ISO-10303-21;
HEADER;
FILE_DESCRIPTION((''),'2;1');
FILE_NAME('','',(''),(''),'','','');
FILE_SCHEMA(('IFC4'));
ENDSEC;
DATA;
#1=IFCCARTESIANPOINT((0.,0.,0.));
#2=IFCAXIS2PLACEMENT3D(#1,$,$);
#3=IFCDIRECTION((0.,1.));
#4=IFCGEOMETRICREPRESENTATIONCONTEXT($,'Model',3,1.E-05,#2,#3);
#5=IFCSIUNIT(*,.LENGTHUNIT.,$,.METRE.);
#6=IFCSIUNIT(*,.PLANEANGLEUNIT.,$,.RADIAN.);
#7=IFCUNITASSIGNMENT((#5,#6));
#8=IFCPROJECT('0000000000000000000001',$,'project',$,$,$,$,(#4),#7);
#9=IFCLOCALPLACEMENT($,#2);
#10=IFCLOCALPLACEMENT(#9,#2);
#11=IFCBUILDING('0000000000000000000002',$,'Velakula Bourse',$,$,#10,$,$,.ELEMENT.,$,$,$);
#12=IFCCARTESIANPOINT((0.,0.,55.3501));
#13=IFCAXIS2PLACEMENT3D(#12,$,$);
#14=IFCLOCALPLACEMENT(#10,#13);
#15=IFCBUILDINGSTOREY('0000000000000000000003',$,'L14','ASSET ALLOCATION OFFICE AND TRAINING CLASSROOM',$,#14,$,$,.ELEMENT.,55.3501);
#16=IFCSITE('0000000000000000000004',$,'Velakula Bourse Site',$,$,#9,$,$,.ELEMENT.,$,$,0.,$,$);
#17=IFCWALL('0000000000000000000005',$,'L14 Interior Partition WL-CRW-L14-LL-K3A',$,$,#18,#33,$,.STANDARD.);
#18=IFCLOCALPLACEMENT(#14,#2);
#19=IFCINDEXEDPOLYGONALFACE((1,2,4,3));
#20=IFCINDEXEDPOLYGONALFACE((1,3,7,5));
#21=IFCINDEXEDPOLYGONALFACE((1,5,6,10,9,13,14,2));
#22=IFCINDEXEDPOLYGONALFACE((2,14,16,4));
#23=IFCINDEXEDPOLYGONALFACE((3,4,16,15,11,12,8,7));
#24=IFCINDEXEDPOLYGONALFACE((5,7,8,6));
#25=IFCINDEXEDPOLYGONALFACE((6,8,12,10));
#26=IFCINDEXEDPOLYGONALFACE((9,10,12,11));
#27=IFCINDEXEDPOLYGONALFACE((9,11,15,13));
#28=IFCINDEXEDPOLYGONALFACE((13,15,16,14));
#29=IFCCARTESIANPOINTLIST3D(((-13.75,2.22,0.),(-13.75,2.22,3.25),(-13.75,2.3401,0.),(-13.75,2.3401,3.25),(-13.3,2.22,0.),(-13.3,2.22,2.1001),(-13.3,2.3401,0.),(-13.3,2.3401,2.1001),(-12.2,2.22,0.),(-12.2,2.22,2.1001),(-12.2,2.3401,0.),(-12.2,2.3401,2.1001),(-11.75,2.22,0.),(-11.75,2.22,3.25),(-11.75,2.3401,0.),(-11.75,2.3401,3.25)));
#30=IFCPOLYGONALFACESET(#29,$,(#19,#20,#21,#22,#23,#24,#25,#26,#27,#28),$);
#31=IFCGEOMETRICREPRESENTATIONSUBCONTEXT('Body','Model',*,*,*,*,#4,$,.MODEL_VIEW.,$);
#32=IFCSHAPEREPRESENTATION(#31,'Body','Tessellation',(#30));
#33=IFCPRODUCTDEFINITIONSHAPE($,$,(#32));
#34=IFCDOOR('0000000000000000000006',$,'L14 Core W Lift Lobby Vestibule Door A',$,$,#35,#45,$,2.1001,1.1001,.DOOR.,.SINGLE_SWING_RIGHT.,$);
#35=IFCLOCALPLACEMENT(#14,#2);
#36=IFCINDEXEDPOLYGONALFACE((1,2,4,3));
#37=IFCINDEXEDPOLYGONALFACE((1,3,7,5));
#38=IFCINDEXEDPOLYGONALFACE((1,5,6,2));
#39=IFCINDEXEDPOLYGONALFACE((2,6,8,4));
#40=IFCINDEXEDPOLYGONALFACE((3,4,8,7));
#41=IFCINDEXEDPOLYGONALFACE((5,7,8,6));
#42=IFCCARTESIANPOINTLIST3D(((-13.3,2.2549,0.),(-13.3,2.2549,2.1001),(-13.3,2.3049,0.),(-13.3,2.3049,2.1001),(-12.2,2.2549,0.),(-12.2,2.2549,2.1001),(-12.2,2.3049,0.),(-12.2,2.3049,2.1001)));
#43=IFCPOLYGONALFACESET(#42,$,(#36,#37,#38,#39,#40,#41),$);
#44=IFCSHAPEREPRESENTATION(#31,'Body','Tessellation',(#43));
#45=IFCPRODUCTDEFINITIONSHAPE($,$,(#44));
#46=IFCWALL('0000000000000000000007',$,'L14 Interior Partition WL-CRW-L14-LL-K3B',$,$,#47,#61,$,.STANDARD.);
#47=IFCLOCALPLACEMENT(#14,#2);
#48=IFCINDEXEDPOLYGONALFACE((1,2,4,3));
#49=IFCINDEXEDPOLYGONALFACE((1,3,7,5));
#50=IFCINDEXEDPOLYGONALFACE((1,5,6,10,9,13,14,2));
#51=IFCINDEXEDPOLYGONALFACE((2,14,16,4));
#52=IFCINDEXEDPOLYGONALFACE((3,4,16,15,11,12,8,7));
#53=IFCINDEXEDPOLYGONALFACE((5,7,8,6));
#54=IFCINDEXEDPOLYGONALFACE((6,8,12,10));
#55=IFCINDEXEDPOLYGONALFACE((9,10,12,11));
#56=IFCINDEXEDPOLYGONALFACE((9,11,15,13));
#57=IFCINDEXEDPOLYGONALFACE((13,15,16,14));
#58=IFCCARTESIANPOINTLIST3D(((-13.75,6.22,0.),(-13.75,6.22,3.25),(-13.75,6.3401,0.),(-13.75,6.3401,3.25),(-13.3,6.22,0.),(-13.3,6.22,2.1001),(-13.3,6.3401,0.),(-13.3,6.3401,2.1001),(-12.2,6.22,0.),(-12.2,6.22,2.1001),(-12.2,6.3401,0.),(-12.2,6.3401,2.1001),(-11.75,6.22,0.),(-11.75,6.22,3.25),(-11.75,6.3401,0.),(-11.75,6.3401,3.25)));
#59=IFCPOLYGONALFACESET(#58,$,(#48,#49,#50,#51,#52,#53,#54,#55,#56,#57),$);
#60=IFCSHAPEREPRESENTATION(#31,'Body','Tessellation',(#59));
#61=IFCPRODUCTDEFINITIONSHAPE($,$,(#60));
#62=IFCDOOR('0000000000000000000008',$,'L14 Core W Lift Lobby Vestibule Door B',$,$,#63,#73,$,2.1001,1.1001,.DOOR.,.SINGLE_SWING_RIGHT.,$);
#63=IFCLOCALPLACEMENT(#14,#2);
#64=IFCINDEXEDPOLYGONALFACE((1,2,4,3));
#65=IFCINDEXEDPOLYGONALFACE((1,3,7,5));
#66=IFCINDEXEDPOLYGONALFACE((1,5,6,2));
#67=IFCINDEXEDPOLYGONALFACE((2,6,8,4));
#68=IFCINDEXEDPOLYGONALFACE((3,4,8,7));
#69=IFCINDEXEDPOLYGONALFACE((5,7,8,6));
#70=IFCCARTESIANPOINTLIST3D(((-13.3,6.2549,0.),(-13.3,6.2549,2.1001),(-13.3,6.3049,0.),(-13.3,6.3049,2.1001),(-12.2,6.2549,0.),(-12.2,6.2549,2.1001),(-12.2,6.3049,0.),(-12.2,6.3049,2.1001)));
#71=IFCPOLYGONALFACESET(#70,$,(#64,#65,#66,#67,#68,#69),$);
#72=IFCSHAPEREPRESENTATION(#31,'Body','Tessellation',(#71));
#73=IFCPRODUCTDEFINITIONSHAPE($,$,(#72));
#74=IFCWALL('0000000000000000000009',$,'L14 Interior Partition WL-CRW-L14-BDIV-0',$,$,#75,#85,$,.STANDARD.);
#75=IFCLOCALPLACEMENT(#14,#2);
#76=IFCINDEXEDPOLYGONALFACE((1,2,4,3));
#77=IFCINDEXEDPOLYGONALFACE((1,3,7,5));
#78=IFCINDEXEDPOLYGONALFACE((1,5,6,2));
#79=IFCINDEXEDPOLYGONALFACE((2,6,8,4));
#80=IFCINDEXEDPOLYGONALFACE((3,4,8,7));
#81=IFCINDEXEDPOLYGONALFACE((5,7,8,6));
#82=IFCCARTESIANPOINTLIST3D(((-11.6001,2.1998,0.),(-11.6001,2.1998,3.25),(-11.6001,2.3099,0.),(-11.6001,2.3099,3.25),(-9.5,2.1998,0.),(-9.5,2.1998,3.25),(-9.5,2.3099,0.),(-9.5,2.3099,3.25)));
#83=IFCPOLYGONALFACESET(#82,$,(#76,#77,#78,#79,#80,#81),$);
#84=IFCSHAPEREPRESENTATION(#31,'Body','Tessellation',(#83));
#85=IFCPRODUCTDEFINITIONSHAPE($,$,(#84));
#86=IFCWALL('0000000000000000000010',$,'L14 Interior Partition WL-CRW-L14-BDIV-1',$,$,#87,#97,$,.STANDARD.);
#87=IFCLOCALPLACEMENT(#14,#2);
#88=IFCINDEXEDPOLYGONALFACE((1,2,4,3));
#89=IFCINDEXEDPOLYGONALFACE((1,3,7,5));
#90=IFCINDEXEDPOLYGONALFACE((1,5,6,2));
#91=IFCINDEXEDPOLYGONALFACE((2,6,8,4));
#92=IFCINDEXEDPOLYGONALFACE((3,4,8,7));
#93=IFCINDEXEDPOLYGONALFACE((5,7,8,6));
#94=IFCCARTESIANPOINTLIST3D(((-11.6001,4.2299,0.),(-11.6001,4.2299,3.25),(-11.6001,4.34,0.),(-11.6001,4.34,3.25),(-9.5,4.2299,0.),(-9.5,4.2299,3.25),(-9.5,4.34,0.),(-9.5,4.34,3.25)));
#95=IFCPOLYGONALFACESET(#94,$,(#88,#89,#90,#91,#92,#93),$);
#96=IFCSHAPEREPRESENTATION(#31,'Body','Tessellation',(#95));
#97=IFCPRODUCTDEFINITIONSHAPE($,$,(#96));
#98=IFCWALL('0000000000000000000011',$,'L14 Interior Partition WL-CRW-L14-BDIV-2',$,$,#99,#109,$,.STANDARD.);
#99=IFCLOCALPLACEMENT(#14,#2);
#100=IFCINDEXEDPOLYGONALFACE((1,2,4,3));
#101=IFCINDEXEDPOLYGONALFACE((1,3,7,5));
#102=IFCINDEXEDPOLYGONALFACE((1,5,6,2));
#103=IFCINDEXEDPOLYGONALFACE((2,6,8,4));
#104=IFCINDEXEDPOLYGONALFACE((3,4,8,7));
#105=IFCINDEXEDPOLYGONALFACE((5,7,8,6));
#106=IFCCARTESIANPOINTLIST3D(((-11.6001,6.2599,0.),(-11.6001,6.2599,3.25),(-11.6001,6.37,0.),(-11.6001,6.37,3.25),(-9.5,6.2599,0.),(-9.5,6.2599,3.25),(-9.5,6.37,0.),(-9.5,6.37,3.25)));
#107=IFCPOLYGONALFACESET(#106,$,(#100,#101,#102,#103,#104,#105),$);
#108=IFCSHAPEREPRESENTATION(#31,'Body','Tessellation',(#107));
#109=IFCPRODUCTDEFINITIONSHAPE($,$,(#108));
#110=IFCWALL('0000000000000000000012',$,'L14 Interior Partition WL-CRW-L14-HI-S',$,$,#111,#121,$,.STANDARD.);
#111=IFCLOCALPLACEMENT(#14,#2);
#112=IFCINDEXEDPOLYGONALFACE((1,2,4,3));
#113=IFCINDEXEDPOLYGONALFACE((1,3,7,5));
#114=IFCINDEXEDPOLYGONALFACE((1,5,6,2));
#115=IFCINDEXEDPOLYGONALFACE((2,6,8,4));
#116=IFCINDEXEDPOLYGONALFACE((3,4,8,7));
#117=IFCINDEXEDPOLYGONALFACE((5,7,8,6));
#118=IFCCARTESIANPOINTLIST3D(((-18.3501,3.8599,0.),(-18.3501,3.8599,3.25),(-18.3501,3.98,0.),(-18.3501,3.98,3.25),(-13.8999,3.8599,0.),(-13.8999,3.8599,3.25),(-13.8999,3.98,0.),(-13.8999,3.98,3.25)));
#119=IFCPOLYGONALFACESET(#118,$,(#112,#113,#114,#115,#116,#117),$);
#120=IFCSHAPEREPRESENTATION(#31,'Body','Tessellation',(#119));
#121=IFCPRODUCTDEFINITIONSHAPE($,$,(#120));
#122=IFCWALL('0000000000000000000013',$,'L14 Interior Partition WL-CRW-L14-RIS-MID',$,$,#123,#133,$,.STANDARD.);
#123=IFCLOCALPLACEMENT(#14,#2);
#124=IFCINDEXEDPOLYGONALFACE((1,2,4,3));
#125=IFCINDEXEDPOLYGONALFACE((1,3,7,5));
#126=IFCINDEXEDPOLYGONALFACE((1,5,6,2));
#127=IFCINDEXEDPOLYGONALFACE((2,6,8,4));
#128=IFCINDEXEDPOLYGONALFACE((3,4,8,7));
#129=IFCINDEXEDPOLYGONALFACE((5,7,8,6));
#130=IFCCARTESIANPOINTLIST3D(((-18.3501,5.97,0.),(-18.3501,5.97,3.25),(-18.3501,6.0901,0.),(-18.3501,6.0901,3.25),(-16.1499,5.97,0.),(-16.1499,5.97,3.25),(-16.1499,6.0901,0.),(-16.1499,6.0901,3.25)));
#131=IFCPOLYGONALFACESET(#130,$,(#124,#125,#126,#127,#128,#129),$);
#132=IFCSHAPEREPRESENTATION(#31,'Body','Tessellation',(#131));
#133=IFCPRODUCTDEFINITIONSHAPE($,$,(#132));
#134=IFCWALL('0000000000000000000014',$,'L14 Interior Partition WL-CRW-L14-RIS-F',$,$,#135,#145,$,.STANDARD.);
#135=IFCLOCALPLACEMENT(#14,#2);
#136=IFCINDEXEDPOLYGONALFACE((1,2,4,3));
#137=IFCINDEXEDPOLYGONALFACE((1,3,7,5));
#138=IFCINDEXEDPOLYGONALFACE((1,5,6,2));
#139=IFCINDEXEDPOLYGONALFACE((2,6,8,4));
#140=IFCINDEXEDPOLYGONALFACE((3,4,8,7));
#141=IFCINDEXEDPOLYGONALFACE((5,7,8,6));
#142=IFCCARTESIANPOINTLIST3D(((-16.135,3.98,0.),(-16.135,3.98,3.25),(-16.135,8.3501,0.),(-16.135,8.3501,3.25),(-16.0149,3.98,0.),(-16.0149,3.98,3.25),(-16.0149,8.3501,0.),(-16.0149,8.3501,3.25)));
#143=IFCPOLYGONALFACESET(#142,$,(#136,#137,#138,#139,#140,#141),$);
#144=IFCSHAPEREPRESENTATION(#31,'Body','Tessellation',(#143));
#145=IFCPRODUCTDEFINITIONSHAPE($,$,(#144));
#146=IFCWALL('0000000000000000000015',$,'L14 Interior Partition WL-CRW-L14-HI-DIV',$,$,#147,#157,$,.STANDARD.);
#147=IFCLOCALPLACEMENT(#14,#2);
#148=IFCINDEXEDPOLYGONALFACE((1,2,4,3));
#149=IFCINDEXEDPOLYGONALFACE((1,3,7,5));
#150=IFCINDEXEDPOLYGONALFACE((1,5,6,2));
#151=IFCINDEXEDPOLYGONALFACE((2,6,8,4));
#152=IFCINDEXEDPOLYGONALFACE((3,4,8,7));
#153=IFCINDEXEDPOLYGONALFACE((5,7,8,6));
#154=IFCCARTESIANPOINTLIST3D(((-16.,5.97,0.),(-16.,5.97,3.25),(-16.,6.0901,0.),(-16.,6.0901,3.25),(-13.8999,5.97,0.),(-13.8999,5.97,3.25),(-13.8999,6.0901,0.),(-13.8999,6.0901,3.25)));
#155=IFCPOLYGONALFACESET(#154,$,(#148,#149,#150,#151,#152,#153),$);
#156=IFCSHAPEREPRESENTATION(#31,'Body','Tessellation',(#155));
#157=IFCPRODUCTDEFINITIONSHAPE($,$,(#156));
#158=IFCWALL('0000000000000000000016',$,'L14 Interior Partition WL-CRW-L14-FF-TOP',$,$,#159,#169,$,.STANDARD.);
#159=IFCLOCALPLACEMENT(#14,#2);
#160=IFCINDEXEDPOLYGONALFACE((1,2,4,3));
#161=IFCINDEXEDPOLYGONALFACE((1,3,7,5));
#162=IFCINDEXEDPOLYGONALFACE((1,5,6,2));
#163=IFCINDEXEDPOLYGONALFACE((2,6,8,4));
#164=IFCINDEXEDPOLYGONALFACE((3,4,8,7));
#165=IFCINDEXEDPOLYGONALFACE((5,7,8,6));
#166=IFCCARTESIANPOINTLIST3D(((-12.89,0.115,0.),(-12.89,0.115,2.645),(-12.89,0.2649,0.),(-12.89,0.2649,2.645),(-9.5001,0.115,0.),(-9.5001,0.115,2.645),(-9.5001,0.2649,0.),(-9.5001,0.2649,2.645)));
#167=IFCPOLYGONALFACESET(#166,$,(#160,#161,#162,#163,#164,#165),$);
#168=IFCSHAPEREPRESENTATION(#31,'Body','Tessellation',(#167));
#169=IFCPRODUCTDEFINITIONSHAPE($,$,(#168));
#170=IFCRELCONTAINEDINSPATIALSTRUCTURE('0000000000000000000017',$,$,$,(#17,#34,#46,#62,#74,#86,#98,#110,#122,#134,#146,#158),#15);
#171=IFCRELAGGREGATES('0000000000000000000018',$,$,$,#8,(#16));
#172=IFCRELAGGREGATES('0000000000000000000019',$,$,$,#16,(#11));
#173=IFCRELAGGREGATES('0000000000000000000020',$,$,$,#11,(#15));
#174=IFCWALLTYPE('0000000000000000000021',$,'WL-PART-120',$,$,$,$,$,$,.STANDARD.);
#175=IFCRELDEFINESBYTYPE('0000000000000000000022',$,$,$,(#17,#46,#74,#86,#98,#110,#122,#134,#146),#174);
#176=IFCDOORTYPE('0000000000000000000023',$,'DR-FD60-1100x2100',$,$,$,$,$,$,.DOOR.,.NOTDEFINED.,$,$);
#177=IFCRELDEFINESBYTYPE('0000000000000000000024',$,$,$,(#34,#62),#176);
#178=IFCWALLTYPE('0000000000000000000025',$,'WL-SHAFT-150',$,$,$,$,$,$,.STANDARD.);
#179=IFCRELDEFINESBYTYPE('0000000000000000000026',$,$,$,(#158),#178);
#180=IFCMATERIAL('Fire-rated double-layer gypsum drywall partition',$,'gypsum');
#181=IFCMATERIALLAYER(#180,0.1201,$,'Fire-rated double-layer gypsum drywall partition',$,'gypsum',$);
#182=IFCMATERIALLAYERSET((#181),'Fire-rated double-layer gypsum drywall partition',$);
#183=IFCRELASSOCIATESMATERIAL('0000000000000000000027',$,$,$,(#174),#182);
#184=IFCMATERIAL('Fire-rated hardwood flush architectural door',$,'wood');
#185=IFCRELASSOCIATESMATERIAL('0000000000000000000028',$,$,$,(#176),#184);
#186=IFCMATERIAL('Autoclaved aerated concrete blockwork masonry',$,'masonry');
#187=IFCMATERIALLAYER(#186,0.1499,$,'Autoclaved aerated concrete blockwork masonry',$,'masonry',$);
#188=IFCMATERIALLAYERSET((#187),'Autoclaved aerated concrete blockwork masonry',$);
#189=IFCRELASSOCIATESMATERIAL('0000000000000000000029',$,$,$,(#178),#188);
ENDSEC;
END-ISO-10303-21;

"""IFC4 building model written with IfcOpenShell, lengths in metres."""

from ifc_helpers import new_model, si_unit, direction, frame, frame_2d, origin, place, context, subcontext, project, spatial, rectangle, extrude, material, layer, layer_set, type_object, element, fill, save


model = new_model("IFC4")

# Units and contexts
model_context = context("Model", 3, precision=1e-05, world=origin(), true_north=direction((0.0, 1.0)))
body_context = subcontext(model_context, "Body", "Model", "MODEL_VIEW")
ifc_project = project(units=[si_unit("LENGTHUNIT", "METRE"), si_unit("PLANEANGLEUNIT", "RADIAN")], contexts=[model_context])

# Site, building, storey
site_placement = place(None, origin())
site = spatial("IfcSite", under=ifc_project, at=site_placement, Name="Velakula Bourse Site", CompositionType="ELEMENT", RefElevation=0.0)
building_placement = place(site_placement, origin())
building = spatial("IfcBuilding", under=site, at=building_placement, Name="Velakula Bourse", CompositionType="ELEMENT")
storey_placement = place(building_placement, frame((0.0, 0.0, 55.3501)))
storey = spatial("IfcBuildingStorey", under=building, at=storey_placement, Name="L14", Description="ASSET ALLOCATION OFFICE AND TRAINING CLASSROOM", CompositionType="ELEMENT", Elevation=55.3501)

# Walls, openings, doors
ifc_material_1 = material(Name="Fire-rated double-layer gypsum drywall partition", Category="gypsum")
ifc_layer_1 = layer(ifc_material_1, 0.1201, Name="Fire-rated double-layer gypsum drywall partition", Category="gypsum")
ifc_layer_set_1 = layer_set([ifc_layer_1], Name="Fire-rated double-layer gypsum drywall partition")
wall_type_1 = type_object("IfcWallType", Name="WL-PART-120", PredefinedType="STANDARD", material=ifc_layer_set_1)
wall_1_placement = place(storey_placement, frame((-13.75, 2.28, 0.0), z_axis=(0.0, 0.0, 1.0), x_axis=(1.0, 0.0, 0.0)))
wall_1 = element("IfcWall", 1, at=wall_1_placement, inside=storey, type_object=wall_type_1, Name="L14 Interior Partition WL-CRW-L14-LL-K3A", PredefinedType="STANDARD", context=body_context, shape_type="SweptSolid", body=[
    extrude(rectangle(XDim=2.0, YDim=0.1201, at=frame_2d((1.0, 0.0))), origin(), (0.0, 0.0, 1.0), 3.25),
])
opening_1_placement = place(wall_1_placement, frame((0.45, 0.0, 0.0)))
opening_1 = element("IfcOpeningElement", 2, at=opening_1_placement, cuts=wall_1, PredefinedType="OPENING", context=body_context, shape_type="SweptSolid", body=[
    extrude(rectangle(XDim=1.1001, YDim=2.1001, at=frame_2d((0.55, 1.05))), frame((0.0, 0.0701, 0.0), z_axis=(0.0, -1.0, 0.0), x_axis=(1.0, 0.0, 0.0)), (0.0, 0.0, 1.0), 0.1401),
])
ifc_material_2 = material(Name="Fire-rated hardwood flush architectural door", Category="wood")
door_type_1 = type_object("IfcDoorType", Name="DR-FD60-1100x2100", OperationType="NOTDEFINED", PredefinedType="DOOR", material=ifc_material_2)
door_1_placement = place(opening_1_placement, origin())
door_1 = element("IfcDoor", 3, at=door_1_placement, inside=storey, type_object=door_type_1, Name="L14 Core W Lift Lobby Vestibule Door A", OperationType="SINGLE_SWING_RIGHT", OverallHeight=2.1001, OverallWidth=1.1001, PredefinedType="DOOR", context=body_context, shape_type="SweptSolid", body=[
    extrude(rectangle(XDim=1.1001, YDim=2.1001, at=frame_2d((0.55, 1.05))), frame((0.0, 0.0249, 0.0), z_axis=(0.0, -1.0, 0.0), x_axis=(1.0, 0.0, 0.0)), (0.0, 0.0, 1.0), 0.05),
])
fill(opening_1, door_1)
wall_2_placement = place(storey_placement, frame((-13.75, 6.28, 0.0), z_axis=(0.0, 0.0, 1.0), x_axis=(1.0, 0.0, 0.0)))
wall_2 = element("IfcWall", 4, at=wall_2_placement, inside=storey, type_object=wall_type_1, Name="L14 Interior Partition WL-CRW-L14-LL-K3B", PredefinedType="STANDARD", context=body_context, shape_type="SweptSolid", body=[
    extrude(rectangle(XDim=2.0, YDim=0.1201, at=frame_2d((1.0, 0.0))), origin(), (0.0, 0.0, 1.0), 3.25),
])
opening_2_placement = place(wall_2_placement, frame((0.45, 0.0, 0.0)))
opening_2 = element("IfcOpeningElement", 5, at=opening_2_placement, cuts=wall_2, PredefinedType="OPENING", context=body_context, shape_type="SweptSolid", body=[
    extrude(rectangle(XDim=1.1001, YDim=2.1001, at=frame_2d((0.55, 1.05))), frame((0.0, 0.0701, 0.0), z_axis=(0.0, -1.0, 0.0), x_axis=(1.0, 0.0, 0.0)), (0.0, 0.0, 1.0), 0.1401),
])
door_2_placement = place(opening_2_placement, origin())
door_2 = element("IfcDoor", 6, at=door_2_placement, inside=storey, type_object=door_type_1, Name="L14 Core W Lift Lobby Vestibule Door B", OperationType="SINGLE_SWING_RIGHT", OverallHeight=2.1001, OverallWidth=1.1001, PredefinedType="DOOR", context=body_context, shape_type="SweptSolid", body=[
    extrude(rectangle(XDim=1.1001, YDim=2.1001, at=frame_2d((0.55, 1.05))), frame((0.0, 0.0249, 0.0), z_axis=(0.0, -1.0, 0.0), x_axis=(1.0, 0.0, 0.0)), (0.0, 0.0, 1.0), 0.05),
])
fill(opening_2, door_2)

# Walls
for number, where, z_axis, x_axis, name in (
    (7, (-11.6001, 2.2549, 0.0), (0.0, 0.0, 1.0), (1.0, 0.0, 0.0), "L14 Interior Partition WL-CRW-L14-BDIV-0"),
    (8, (-11.6001, 4.2849, 0.0), (0.0, 0.0, 1.0), (1.0, 0.0, 0.0), "L14 Interior Partition WL-CRW-L14-BDIV-1"),
    (9, (-11.6001, 6.3149, 0.0), (0.0, 0.0, 1.0), (1.0, 0.0, 0.0), "L14 Interior Partition WL-CRW-L14-BDIV-2"),
):
    element("IfcWall", number, at=place(storey_placement, frame(where, z_axis=z_axis, x_axis=x_axis)), inside=storey, type_object=wall_type_1, Name=name, PredefinedType="STANDARD", context=body_context, shape_type="SweptSolid", body=[
        extrude(rectangle(XDim=2.1001, YDim=0.1101, at=frame_2d((1.05, 0.0))), origin(), (0.0, 0.0, 1.0), 3.25),
    ])
wall_3_placement = place(storey_placement, frame((-18.3501, 3.9199, 0.0), z_axis=(0.0, 0.0, 1.0), x_axis=(1.0, 0.0, 0.0)))
element("IfcWall", 10, at=wall_3_placement, inside=storey, type_object=wall_type_1, Name="L14 Interior Partition WL-CRW-L14-HI-S", PredefinedType="STANDARD", context=body_context, shape_type="SweptSolid", body=[
    extrude(rectangle(XDim=4.4502, YDim=0.1201, at=frame_2d((2.2251, 0.0))), origin(), (0.0, 0.0, 1.0), 3.25),
])
wall_4_placement = place(storey_placement, frame((-18.3501, 6.03, 0.0), z_axis=(0.0, 0.0, 1.0), x_axis=(1.0, 0.0, 0.0)))
element("IfcWall", 11, at=wall_4_placement, inside=storey, type_object=wall_type_1, Name="L14 Interior Partition WL-CRW-L14-RIS-MID", PredefinedType="STANDARD", context=body_context, shape_type="SweptSolid", body=[
    extrude(rectangle(XDim=2.2002, YDim=0.1201, at=frame_2d((1.1001, 0.0))), origin(), (0.0, 0.0, 1.0), 3.25),
])
wall_5_placement = place(storey_placement, frame((-16.075, 3.98, 0.0), z_axis=(0.0, 0.0, 1.0), x_axis=(0.0, 1.0, 0.0)))
element("IfcWall", 12, at=wall_5_placement, inside=storey, type_object=wall_type_1, Name="L14 Interior Partition WL-CRW-L14-RIS-F", PredefinedType="STANDARD", context=body_context, shape_type="SweptSolid", body=[
    extrude(rectangle(XDim=4.3701, YDim=0.1201, at=frame_2d((2.1851, 0.0))), origin(), (0.0, 0.0, 1.0), 3.25),
])
wall_6_placement = place(storey_placement, frame((-16.0, 6.03, 0.0), z_axis=(0.0, 0.0, 1.0), x_axis=(1.0, 0.0, 0.0)))
element("IfcWall", 13, at=wall_6_placement, inside=storey, type_object=wall_type_1, Name="L14 Interior Partition WL-CRW-L14-HI-DIV", PredefinedType="STANDARD", context=body_context, shape_type="SweptSolid", body=[
    extrude(rectangle(XDim=2.1001, YDim=0.1201, at=frame_2d((1.05, 0.0))), origin(), (0.0, 0.0, 1.0), 3.25),
])
ifc_material_3 = material(Name="Autoclaved aerated concrete blockwork masonry", Category="masonry")
ifc_layer_2 = layer(ifc_material_3, 0.1499, Name="Autoclaved aerated concrete blockwork masonry", Category="masonry")
ifc_layer_set_2 = layer_set([ifc_layer_2], Name="Autoclaved aerated concrete blockwork masonry")
wall_type_2 = type_object("IfcWallType", Name="WL-SHAFT-150", PredefinedType="STANDARD", material=ifc_layer_set_2)
wall_7_placement = place(storey_placement, frame((-12.8899, 0.1899, 0.0), z_axis=(0.0, 0.0, 1.0), x_axis=(1.0, 0.0, 0.0)))
element("IfcWall", 14, at=wall_7_placement, inside=storey, type_object=wall_type_2, Name="L14 Interior Partition WL-CRW-L14-FF-TOP", PredefinedType="STANDARD", context=body_context, shape_type="SweptSolid", body=[
    extrude(rectangle(XDim=3.3899, YDim=0.1499, at=frame_2d((1.6948, 0.0))), origin(), (0.0, 0.0, 1.0), 2.645),
])

save(model, "model.ifc")
